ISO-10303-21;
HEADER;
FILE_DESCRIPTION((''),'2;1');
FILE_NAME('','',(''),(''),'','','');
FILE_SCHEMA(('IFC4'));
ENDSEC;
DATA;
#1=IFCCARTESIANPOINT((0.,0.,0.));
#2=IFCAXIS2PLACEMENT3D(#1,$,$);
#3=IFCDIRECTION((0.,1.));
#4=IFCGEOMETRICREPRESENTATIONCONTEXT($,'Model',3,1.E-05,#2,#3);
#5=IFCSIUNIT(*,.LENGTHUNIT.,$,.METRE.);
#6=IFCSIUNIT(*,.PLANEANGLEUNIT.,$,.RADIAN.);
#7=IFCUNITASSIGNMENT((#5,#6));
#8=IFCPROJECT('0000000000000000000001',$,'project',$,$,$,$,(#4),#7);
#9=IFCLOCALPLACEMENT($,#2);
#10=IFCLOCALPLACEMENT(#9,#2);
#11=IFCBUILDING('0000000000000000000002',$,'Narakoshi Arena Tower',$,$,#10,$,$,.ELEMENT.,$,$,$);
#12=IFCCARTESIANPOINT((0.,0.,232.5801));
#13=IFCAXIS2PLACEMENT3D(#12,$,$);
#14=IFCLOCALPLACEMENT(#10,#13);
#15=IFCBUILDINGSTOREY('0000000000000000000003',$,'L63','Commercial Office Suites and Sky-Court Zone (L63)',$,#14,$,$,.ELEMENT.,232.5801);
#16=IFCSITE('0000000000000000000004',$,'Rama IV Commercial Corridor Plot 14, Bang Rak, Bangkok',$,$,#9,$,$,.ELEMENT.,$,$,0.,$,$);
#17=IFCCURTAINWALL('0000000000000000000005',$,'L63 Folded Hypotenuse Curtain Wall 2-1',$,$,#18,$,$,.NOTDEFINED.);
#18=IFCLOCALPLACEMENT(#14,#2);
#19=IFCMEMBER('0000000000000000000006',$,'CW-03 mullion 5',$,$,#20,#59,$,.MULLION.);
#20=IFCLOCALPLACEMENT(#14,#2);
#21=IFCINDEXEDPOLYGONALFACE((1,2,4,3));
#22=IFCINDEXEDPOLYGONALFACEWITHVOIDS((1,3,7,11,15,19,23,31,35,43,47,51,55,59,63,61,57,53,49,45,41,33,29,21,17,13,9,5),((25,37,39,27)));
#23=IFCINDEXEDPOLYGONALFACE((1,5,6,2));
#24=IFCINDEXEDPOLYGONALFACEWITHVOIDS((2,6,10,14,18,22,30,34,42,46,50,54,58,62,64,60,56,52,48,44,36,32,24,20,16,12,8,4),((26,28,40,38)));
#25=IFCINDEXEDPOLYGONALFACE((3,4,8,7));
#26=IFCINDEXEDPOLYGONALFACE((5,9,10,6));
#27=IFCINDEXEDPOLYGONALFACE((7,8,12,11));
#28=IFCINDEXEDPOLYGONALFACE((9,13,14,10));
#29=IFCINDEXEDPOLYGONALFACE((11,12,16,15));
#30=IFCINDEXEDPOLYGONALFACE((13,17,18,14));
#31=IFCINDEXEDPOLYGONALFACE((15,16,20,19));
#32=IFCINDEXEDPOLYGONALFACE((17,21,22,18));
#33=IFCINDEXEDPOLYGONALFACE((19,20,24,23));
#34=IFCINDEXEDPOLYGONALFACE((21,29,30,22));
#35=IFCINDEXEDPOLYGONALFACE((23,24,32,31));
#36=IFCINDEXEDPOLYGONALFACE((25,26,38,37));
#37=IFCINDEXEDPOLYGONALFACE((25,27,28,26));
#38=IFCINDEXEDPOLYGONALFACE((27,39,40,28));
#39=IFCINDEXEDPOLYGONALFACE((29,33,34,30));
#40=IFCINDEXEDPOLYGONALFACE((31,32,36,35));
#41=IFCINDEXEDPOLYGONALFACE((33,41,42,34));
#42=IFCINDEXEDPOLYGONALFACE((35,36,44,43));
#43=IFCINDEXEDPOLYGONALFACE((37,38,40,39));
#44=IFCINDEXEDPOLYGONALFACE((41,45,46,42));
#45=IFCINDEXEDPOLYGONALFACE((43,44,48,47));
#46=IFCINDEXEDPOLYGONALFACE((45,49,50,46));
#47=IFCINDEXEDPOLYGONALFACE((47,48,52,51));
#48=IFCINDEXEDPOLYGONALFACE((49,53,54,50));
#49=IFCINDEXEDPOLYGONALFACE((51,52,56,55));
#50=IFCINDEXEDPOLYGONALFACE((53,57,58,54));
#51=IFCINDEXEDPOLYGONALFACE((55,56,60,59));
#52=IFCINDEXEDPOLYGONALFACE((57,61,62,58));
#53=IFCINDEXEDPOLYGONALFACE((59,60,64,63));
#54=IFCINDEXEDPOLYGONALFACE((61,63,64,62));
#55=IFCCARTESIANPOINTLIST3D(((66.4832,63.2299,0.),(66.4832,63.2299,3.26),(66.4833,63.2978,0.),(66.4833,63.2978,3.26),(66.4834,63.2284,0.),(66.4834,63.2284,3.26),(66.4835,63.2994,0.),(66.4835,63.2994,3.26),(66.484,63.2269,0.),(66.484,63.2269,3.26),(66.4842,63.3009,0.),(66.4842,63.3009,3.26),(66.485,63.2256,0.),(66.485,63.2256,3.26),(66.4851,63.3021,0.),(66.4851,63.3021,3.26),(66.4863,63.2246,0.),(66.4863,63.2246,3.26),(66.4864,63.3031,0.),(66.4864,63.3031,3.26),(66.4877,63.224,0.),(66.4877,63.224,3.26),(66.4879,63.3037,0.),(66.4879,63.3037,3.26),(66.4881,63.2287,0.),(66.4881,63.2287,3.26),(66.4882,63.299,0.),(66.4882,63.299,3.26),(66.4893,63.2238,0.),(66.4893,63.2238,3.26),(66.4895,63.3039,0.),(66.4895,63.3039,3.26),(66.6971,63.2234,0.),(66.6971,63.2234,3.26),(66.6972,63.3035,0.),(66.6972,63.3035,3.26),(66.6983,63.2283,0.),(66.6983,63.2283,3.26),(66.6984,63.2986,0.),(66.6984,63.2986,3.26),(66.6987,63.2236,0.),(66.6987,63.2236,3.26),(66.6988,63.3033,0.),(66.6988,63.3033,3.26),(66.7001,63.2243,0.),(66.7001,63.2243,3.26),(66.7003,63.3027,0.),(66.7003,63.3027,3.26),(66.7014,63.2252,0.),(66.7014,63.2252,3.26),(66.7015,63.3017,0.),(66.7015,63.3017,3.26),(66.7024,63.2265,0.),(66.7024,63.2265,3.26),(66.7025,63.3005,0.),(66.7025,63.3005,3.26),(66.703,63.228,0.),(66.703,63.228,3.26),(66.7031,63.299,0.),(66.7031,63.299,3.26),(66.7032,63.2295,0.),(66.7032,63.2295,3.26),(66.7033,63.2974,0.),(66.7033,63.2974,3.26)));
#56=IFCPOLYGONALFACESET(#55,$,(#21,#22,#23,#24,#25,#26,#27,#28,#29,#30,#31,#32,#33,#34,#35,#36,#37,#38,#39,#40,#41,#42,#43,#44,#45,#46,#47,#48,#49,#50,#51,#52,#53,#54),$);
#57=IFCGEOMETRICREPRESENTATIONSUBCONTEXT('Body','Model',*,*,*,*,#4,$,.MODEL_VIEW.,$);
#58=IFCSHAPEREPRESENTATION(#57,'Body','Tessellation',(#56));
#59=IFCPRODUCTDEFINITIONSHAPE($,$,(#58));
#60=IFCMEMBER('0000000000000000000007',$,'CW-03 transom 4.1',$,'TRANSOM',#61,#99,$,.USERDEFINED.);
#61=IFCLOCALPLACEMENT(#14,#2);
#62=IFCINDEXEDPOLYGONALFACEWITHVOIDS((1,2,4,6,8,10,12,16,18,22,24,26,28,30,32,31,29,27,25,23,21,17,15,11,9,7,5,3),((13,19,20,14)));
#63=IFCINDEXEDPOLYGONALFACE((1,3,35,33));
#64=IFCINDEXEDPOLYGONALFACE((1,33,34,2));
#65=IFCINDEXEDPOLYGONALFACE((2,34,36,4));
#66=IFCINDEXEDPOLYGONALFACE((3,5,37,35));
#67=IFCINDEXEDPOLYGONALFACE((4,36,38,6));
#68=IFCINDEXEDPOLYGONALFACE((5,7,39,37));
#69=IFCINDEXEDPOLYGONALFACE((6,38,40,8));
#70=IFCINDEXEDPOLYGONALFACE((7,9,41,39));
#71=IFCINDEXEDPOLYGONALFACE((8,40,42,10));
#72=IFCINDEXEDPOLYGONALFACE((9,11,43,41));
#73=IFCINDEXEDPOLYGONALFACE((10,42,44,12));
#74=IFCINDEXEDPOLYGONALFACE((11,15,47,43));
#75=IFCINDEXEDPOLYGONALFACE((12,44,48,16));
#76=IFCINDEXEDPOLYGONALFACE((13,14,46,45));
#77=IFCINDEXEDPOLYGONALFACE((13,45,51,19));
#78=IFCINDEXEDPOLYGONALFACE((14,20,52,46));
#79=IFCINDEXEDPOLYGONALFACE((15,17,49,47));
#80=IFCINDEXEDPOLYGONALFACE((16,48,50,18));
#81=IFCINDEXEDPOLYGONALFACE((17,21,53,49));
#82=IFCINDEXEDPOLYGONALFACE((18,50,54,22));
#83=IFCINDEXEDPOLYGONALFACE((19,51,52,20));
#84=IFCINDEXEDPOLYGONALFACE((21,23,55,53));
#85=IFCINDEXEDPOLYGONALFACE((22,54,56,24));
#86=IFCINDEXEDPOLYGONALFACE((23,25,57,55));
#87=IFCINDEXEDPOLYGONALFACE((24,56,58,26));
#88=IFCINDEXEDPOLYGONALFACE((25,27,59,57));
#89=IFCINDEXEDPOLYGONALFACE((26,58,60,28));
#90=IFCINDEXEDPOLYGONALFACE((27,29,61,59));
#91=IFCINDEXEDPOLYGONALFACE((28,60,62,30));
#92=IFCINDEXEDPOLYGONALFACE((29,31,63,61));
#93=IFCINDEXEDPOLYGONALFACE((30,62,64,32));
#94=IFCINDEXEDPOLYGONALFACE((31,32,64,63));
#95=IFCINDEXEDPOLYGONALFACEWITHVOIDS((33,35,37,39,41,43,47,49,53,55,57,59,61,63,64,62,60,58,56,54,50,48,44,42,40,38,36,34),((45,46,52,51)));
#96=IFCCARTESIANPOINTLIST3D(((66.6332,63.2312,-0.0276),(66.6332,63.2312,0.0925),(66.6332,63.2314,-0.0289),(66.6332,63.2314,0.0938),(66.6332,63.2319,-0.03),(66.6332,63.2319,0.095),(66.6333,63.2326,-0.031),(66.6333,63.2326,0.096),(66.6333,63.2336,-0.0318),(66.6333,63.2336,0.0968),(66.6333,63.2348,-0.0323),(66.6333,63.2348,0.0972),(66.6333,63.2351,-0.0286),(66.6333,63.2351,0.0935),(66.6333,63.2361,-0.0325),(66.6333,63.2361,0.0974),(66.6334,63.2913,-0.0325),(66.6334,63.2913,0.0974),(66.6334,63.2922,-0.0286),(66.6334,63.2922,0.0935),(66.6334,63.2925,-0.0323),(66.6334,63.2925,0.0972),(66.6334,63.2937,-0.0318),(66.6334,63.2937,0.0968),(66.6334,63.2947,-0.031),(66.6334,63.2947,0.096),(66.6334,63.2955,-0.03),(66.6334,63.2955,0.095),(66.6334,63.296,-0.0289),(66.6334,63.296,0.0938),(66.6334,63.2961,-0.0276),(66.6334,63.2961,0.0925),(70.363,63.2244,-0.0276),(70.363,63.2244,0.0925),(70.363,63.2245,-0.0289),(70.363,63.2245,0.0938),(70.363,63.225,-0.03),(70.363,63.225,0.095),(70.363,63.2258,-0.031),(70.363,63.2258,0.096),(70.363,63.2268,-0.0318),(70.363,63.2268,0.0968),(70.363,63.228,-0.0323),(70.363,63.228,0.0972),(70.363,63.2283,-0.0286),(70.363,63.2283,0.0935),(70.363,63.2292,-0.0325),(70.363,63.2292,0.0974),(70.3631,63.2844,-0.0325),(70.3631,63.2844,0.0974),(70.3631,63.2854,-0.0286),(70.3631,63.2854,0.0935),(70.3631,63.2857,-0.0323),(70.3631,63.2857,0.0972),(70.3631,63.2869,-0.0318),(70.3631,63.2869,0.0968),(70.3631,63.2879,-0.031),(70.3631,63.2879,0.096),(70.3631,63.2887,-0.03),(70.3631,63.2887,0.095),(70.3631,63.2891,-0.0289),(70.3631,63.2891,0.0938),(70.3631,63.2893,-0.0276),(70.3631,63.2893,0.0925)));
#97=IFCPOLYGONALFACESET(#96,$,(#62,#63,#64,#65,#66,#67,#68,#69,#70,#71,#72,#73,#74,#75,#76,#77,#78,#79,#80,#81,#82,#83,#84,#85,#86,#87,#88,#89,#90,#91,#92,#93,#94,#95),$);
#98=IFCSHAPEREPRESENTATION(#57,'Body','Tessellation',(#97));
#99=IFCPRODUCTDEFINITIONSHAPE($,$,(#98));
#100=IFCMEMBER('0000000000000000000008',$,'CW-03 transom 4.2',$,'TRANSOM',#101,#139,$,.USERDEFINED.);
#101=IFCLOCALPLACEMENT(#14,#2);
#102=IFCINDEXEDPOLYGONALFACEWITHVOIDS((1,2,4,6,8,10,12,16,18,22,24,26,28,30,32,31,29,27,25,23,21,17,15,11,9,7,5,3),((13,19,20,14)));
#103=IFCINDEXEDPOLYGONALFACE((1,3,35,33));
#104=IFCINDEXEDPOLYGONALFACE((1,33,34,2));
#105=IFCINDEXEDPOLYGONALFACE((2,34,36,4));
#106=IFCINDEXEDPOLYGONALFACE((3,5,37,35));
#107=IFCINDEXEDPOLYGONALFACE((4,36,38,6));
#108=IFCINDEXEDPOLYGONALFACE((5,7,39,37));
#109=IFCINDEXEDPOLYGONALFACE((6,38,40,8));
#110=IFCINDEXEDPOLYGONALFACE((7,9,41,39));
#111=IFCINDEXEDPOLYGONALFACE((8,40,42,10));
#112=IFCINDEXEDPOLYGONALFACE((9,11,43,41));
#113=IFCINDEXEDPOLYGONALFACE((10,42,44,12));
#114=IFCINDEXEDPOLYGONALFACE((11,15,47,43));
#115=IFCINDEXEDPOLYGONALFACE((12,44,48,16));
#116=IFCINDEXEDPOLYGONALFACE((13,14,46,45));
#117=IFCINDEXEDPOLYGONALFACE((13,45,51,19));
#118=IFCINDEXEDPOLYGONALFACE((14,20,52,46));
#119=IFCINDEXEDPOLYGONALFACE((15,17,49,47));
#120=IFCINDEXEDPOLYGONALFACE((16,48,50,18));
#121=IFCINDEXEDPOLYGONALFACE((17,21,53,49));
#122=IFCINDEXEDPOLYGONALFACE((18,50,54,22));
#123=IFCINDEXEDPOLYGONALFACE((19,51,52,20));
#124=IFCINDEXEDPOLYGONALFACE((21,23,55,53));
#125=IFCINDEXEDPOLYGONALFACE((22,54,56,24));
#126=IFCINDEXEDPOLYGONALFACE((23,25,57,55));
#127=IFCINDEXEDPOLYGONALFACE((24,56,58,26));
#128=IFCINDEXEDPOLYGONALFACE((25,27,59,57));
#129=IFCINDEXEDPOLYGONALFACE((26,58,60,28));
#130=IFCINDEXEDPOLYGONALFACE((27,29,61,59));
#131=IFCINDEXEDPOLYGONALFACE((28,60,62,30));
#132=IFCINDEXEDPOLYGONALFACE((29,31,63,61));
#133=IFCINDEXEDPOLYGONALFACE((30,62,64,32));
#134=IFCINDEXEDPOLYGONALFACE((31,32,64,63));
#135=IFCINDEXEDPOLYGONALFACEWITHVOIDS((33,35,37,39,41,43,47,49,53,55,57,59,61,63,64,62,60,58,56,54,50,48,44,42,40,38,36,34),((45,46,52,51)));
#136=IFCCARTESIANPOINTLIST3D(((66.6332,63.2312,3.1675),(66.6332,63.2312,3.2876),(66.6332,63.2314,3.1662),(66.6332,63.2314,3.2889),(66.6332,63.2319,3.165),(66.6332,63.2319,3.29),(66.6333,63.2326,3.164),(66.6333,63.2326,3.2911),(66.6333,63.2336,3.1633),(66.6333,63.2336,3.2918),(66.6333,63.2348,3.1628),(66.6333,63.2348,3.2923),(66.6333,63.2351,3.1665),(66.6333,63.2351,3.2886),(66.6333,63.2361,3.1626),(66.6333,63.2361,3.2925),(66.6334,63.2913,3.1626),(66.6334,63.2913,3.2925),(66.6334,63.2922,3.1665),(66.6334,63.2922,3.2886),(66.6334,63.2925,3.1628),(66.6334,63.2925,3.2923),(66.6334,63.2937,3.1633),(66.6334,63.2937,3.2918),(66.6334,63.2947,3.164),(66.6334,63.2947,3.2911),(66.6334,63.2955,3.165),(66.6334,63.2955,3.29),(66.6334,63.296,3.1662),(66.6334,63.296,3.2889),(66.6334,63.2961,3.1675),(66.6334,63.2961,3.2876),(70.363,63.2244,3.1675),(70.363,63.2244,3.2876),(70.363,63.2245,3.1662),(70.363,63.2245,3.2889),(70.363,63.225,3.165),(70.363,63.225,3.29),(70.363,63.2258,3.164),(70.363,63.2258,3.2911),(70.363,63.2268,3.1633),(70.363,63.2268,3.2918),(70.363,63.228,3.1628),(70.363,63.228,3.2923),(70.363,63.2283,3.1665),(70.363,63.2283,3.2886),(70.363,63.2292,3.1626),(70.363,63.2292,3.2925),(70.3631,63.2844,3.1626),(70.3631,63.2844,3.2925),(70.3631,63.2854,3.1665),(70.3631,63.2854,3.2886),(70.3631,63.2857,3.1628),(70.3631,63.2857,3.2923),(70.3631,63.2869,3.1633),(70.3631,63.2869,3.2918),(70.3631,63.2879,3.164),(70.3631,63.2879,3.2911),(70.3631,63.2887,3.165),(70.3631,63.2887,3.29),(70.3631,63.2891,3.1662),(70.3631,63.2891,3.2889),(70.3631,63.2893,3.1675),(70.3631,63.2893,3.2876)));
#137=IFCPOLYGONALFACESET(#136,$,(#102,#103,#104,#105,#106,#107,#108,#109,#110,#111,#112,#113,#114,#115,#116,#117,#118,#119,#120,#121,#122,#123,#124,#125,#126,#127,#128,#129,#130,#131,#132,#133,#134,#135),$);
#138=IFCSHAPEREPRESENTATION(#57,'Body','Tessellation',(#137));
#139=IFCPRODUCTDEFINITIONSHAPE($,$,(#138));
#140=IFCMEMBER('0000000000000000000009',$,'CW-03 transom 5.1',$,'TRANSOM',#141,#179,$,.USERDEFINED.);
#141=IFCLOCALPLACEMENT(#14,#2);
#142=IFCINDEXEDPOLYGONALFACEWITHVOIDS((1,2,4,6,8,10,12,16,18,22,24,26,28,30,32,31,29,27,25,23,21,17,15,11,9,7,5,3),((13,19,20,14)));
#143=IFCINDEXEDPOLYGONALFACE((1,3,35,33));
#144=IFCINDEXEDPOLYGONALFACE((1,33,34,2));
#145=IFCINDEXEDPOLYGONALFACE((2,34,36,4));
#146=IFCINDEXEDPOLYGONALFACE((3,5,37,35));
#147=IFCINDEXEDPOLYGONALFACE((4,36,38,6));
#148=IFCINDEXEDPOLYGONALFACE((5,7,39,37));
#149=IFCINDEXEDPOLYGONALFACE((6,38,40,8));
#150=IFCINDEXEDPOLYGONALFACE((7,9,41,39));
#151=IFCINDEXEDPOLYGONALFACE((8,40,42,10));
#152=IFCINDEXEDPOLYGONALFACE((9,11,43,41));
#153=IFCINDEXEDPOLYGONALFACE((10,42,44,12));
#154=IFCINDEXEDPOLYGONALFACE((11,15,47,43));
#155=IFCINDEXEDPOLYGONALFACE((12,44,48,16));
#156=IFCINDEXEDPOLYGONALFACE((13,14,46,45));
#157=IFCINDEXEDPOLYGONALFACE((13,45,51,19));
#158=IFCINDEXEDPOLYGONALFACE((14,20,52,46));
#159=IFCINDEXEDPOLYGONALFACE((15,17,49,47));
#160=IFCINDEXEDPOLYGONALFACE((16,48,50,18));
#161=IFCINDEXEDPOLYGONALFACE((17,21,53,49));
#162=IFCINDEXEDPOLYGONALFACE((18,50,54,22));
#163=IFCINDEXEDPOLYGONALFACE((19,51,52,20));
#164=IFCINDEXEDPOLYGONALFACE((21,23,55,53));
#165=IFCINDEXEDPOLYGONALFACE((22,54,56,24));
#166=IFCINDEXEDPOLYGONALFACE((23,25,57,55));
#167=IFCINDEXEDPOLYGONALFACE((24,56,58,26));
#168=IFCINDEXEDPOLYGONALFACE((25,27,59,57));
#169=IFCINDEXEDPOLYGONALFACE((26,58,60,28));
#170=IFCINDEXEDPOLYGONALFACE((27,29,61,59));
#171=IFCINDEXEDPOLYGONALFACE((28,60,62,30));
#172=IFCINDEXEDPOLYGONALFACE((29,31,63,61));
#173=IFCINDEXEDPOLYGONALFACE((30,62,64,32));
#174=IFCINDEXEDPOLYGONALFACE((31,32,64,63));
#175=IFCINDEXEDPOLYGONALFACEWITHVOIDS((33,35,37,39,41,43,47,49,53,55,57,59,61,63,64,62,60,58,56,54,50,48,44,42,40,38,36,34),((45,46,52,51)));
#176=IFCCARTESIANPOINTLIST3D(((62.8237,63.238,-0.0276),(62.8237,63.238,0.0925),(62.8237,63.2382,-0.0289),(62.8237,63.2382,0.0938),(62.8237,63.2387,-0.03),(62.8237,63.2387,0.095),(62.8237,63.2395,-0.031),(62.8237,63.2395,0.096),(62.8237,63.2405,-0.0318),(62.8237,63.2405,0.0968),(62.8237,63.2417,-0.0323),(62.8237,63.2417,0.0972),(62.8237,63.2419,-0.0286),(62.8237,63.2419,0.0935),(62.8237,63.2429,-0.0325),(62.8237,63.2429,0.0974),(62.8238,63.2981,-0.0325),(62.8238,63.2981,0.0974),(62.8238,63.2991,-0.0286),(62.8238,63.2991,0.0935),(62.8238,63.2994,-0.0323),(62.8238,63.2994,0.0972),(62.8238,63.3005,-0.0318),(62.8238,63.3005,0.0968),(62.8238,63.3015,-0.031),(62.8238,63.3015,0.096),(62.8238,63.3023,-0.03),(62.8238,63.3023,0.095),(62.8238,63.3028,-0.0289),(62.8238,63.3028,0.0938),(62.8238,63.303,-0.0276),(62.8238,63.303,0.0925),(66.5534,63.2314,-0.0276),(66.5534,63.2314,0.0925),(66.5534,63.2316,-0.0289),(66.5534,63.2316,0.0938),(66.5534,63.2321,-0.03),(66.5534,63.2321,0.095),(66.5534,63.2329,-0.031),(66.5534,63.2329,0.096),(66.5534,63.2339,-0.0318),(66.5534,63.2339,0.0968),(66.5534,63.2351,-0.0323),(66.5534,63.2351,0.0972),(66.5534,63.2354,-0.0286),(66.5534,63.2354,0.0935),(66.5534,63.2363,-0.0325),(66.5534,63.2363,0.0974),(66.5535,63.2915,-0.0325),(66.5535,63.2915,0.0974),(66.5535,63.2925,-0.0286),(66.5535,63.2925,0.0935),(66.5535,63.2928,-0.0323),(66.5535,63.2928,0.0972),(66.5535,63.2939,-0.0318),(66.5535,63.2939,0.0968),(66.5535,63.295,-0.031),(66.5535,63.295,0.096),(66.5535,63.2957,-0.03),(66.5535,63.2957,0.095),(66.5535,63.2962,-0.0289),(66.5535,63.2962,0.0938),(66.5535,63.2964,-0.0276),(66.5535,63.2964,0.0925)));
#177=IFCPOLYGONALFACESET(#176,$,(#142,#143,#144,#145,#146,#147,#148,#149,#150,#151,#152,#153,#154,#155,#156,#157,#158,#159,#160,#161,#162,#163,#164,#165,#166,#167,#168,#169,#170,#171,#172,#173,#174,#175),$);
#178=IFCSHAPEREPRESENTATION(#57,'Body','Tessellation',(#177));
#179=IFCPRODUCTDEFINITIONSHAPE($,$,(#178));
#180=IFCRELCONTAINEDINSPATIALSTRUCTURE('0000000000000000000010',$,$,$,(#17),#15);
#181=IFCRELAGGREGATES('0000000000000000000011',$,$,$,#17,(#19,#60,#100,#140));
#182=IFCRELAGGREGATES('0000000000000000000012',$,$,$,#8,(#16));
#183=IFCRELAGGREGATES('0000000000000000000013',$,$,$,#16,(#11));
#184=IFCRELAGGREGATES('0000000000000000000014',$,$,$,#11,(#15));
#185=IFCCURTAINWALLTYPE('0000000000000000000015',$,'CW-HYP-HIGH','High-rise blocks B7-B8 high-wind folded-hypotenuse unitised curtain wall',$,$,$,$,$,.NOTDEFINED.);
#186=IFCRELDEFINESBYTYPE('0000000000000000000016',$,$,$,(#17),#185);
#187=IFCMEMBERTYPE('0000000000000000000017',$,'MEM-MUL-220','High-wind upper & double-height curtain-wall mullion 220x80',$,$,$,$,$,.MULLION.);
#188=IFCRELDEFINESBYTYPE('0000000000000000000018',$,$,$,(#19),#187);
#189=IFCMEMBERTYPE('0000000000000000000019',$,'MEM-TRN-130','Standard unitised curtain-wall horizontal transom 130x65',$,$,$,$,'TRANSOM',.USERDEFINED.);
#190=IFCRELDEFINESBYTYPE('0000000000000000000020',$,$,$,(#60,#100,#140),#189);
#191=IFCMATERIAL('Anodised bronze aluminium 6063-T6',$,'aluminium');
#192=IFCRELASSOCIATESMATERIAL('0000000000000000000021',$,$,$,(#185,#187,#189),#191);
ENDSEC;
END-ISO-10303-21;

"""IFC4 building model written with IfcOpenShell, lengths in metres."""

from ifc_helpers import new_model, si_unit, direction, frame, origin, origin_2d, place, context, subcontext, project, spatial, hollow_rectangle, extrude, material, material_profile, profile_set, type_object, element, aggregate, save


model = new_model("IFC4")

# Units and contexts
model_context = context("Model", 3, precision=1e-05, world=origin(), true_north=direction((0.0, 1.0)))
body_context = subcontext(model_context, "Body", "Model", "MODEL_VIEW")
ifc_project = project(units=[si_unit("LENGTHUNIT", "METRE"), si_unit("PLANEANGLEUNIT", "RADIAN")], contexts=[model_context])

# Site, building, storey
site_placement = place(None, origin())
site = spatial("IfcSite", under=ifc_project, at=site_placement, Name="Rama IV Commercial Corridor Plot 14, Bang Rak, Bangkok", CompositionType="ELEMENT", RefElevation=0.0)
building_placement = place(site_placement, origin())
building = spatial("IfcBuilding", under=site, at=building_placement, Name="Narakoshi Arena Tower", CompositionType="ELEMENT")
storey_placement = place(building_placement, frame((0.0, 0.0, 232.5801)))
storey = spatial("IfcBuildingStorey", under=building, at=storey_placement, Name="L63", Description="Commercial Office Suites and Sky-Court Zone (L63)", CompositionType="ELEMENT", Elevation=232.5801)

# Curtain wall, members
ifc_material_1 = material(Name="Anodised bronze aluminium 6063-T6", Category="aluminium")
curtain_wall_type = type_object("IfcCurtainWallType", Name="CW-HYP-HIGH", Description="High-rise blocks B7-B8 high-wind folded-hypotenuse unitised curtain wall", PredefinedType="NOTDEFINED", material=ifc_material_1)
curtain_wall_placement = place(storey_placement, origin())
curtain_wall = element("IfcCurtainWall", 1, at=curtain_wall_placement, inside=storey, type_object=curtain_wall_type, Name="L63 Folded Hypotenuse Curtain Wall 2-1", PredefinedType="NOTDEFINED")
ifc_material_profile_1 = material_profile(ifc_material_1, hollow_rectangle(XDim=0.0801, YDim=0.22, WallThickness=0.0049, OuterFilletRadius=0.0061, at=origin_2d()), Name="MUL220x80x5")
ifc_profile_set_1 = profile_set([ifc_material_profile_1], Name="Anodised bronze aluminium 6063-T6")
member_type_1 = type_object("IfcMemberType", Name="MEM-MUL-220", Description="High-wind upper & double-height curtain-wall mullion 220x80", PredefinedType="MULLION", material=ifc_profile_set_1)
member_1_placement = place(storey_placement, frame((66.5933, 63.2637, 0.0), z_axis=(0.0, 0.0, 1.0), x_axis=(-0.00182, -0.999998, 0.0)))
member_1 = element("IfcMember", 2, at=member_1_placement, type_object=member_type_1, Name="CW-03 mullion 5", PredefinedType="MULLION", context=body_context, shape_type="SweptSolid", body=[
    extrude(hollow_rectangle(XDim=0.0801, YDim=0.22, WallThickness=0.0049, OuterFilletRadius=0.0061, at=origin_2d()), origin(), (0.0, 0.0, 1.0), 3.26),
])
ifc_material_profile_2 = material_profile(ifc_material_1, hollow_rectangle(XDim=0.0649, YDim=0.1299, WallThickness=0.0039, OuterFilletRadius=0.0049, at=origin_2d()), Name="TRN130x65x4")
ifc_profile_set_2 = profile_set([ifc_material_profile_2], Name="Anodised bronze aluminium 6063-T6")
member_type_2 = type_object("IfcMemberType", Name="MEM-TRN-130", Description="Standard unitised curtain-wall horizontal transom 130x65", ElementType="TRANSOM", PredefinedType="USERDEFINED", material=ifc_profile_set_2)
member_2_placement = place(storey_placement, frame((70.363, 63.2568, 0.0325), z_axis=(-0.999998, 0.001833, 0.0), x_axis=(-0.001833, -0.999998, 0.0)))
member_2 = element("IfcMember", 3, at=member_2_placement, type_object=member_type_2, Name="CW-03 transom 4.1", ObjectType="TRANSOM", PredefinedType="USERDEFINED", context=body_context, shape_type="SweptSolid", body=[
    extrude(hollow_rectangle(XDim=0.0649, YDim=0.1299, WallThickness=0.0039, OuterFilletRadius=0.0049, at=origin_2d()), origin(), (0.0, 0.0, 1.0), 3.7297),
])
member_3_placement = place(storey_placement, frame((70.363, 63.2568, 3.2275), z_axis=(-0.999998, 0.001833, 0.0), x_axis=(-0.001833, -0.999998, 0.0)))
member_3 = element("IfcMember", 4, at=member_3_placement, type_object=member_type_2, Name="CW-03 transom 4.2", ObjectType="TRANSOM", PredefinedType="USERDEFINED", context=body_context, shape_type="SweptSolid", body=[
    extrude(hollow_rectangle(XDim=0.0649, YDim=0.1299, WallThickness=0.0039, OuterFilletRadius=0.0049, at=origin_2d()), origin(), (0.0, 0.0, 1.0), 3.7297),
])
member_4_placement = place(storey_placement, frame((66.5535, 63.2639, 0.0325), z_axis=(-0.999998, 0.001767, 0.0), x_axis=(-0.001767, -0.999998, 0.0)))
member_4 = element("IfcMember", 5, at=member_4_placement, type_object=member_type_2, Name="CW-03 transom 5.1", ObjectType="TRANSOM", PredefinedType="USERDEFINED", context=body_context, shape_type="SweptSolid", body=[
    extrude(hollow_rectangle(XDim=0.0649, YDim=0.1299, WallThickness=0.0039, OuterFilletRadius=0.0049, at=origin_2d()), origin(), (0.0, 0.0, 1.0), 3.7297),
])
aggregate(curtain_wall, [member_1, member_2, member_3, member_4])

save(model, "model.ifc")
